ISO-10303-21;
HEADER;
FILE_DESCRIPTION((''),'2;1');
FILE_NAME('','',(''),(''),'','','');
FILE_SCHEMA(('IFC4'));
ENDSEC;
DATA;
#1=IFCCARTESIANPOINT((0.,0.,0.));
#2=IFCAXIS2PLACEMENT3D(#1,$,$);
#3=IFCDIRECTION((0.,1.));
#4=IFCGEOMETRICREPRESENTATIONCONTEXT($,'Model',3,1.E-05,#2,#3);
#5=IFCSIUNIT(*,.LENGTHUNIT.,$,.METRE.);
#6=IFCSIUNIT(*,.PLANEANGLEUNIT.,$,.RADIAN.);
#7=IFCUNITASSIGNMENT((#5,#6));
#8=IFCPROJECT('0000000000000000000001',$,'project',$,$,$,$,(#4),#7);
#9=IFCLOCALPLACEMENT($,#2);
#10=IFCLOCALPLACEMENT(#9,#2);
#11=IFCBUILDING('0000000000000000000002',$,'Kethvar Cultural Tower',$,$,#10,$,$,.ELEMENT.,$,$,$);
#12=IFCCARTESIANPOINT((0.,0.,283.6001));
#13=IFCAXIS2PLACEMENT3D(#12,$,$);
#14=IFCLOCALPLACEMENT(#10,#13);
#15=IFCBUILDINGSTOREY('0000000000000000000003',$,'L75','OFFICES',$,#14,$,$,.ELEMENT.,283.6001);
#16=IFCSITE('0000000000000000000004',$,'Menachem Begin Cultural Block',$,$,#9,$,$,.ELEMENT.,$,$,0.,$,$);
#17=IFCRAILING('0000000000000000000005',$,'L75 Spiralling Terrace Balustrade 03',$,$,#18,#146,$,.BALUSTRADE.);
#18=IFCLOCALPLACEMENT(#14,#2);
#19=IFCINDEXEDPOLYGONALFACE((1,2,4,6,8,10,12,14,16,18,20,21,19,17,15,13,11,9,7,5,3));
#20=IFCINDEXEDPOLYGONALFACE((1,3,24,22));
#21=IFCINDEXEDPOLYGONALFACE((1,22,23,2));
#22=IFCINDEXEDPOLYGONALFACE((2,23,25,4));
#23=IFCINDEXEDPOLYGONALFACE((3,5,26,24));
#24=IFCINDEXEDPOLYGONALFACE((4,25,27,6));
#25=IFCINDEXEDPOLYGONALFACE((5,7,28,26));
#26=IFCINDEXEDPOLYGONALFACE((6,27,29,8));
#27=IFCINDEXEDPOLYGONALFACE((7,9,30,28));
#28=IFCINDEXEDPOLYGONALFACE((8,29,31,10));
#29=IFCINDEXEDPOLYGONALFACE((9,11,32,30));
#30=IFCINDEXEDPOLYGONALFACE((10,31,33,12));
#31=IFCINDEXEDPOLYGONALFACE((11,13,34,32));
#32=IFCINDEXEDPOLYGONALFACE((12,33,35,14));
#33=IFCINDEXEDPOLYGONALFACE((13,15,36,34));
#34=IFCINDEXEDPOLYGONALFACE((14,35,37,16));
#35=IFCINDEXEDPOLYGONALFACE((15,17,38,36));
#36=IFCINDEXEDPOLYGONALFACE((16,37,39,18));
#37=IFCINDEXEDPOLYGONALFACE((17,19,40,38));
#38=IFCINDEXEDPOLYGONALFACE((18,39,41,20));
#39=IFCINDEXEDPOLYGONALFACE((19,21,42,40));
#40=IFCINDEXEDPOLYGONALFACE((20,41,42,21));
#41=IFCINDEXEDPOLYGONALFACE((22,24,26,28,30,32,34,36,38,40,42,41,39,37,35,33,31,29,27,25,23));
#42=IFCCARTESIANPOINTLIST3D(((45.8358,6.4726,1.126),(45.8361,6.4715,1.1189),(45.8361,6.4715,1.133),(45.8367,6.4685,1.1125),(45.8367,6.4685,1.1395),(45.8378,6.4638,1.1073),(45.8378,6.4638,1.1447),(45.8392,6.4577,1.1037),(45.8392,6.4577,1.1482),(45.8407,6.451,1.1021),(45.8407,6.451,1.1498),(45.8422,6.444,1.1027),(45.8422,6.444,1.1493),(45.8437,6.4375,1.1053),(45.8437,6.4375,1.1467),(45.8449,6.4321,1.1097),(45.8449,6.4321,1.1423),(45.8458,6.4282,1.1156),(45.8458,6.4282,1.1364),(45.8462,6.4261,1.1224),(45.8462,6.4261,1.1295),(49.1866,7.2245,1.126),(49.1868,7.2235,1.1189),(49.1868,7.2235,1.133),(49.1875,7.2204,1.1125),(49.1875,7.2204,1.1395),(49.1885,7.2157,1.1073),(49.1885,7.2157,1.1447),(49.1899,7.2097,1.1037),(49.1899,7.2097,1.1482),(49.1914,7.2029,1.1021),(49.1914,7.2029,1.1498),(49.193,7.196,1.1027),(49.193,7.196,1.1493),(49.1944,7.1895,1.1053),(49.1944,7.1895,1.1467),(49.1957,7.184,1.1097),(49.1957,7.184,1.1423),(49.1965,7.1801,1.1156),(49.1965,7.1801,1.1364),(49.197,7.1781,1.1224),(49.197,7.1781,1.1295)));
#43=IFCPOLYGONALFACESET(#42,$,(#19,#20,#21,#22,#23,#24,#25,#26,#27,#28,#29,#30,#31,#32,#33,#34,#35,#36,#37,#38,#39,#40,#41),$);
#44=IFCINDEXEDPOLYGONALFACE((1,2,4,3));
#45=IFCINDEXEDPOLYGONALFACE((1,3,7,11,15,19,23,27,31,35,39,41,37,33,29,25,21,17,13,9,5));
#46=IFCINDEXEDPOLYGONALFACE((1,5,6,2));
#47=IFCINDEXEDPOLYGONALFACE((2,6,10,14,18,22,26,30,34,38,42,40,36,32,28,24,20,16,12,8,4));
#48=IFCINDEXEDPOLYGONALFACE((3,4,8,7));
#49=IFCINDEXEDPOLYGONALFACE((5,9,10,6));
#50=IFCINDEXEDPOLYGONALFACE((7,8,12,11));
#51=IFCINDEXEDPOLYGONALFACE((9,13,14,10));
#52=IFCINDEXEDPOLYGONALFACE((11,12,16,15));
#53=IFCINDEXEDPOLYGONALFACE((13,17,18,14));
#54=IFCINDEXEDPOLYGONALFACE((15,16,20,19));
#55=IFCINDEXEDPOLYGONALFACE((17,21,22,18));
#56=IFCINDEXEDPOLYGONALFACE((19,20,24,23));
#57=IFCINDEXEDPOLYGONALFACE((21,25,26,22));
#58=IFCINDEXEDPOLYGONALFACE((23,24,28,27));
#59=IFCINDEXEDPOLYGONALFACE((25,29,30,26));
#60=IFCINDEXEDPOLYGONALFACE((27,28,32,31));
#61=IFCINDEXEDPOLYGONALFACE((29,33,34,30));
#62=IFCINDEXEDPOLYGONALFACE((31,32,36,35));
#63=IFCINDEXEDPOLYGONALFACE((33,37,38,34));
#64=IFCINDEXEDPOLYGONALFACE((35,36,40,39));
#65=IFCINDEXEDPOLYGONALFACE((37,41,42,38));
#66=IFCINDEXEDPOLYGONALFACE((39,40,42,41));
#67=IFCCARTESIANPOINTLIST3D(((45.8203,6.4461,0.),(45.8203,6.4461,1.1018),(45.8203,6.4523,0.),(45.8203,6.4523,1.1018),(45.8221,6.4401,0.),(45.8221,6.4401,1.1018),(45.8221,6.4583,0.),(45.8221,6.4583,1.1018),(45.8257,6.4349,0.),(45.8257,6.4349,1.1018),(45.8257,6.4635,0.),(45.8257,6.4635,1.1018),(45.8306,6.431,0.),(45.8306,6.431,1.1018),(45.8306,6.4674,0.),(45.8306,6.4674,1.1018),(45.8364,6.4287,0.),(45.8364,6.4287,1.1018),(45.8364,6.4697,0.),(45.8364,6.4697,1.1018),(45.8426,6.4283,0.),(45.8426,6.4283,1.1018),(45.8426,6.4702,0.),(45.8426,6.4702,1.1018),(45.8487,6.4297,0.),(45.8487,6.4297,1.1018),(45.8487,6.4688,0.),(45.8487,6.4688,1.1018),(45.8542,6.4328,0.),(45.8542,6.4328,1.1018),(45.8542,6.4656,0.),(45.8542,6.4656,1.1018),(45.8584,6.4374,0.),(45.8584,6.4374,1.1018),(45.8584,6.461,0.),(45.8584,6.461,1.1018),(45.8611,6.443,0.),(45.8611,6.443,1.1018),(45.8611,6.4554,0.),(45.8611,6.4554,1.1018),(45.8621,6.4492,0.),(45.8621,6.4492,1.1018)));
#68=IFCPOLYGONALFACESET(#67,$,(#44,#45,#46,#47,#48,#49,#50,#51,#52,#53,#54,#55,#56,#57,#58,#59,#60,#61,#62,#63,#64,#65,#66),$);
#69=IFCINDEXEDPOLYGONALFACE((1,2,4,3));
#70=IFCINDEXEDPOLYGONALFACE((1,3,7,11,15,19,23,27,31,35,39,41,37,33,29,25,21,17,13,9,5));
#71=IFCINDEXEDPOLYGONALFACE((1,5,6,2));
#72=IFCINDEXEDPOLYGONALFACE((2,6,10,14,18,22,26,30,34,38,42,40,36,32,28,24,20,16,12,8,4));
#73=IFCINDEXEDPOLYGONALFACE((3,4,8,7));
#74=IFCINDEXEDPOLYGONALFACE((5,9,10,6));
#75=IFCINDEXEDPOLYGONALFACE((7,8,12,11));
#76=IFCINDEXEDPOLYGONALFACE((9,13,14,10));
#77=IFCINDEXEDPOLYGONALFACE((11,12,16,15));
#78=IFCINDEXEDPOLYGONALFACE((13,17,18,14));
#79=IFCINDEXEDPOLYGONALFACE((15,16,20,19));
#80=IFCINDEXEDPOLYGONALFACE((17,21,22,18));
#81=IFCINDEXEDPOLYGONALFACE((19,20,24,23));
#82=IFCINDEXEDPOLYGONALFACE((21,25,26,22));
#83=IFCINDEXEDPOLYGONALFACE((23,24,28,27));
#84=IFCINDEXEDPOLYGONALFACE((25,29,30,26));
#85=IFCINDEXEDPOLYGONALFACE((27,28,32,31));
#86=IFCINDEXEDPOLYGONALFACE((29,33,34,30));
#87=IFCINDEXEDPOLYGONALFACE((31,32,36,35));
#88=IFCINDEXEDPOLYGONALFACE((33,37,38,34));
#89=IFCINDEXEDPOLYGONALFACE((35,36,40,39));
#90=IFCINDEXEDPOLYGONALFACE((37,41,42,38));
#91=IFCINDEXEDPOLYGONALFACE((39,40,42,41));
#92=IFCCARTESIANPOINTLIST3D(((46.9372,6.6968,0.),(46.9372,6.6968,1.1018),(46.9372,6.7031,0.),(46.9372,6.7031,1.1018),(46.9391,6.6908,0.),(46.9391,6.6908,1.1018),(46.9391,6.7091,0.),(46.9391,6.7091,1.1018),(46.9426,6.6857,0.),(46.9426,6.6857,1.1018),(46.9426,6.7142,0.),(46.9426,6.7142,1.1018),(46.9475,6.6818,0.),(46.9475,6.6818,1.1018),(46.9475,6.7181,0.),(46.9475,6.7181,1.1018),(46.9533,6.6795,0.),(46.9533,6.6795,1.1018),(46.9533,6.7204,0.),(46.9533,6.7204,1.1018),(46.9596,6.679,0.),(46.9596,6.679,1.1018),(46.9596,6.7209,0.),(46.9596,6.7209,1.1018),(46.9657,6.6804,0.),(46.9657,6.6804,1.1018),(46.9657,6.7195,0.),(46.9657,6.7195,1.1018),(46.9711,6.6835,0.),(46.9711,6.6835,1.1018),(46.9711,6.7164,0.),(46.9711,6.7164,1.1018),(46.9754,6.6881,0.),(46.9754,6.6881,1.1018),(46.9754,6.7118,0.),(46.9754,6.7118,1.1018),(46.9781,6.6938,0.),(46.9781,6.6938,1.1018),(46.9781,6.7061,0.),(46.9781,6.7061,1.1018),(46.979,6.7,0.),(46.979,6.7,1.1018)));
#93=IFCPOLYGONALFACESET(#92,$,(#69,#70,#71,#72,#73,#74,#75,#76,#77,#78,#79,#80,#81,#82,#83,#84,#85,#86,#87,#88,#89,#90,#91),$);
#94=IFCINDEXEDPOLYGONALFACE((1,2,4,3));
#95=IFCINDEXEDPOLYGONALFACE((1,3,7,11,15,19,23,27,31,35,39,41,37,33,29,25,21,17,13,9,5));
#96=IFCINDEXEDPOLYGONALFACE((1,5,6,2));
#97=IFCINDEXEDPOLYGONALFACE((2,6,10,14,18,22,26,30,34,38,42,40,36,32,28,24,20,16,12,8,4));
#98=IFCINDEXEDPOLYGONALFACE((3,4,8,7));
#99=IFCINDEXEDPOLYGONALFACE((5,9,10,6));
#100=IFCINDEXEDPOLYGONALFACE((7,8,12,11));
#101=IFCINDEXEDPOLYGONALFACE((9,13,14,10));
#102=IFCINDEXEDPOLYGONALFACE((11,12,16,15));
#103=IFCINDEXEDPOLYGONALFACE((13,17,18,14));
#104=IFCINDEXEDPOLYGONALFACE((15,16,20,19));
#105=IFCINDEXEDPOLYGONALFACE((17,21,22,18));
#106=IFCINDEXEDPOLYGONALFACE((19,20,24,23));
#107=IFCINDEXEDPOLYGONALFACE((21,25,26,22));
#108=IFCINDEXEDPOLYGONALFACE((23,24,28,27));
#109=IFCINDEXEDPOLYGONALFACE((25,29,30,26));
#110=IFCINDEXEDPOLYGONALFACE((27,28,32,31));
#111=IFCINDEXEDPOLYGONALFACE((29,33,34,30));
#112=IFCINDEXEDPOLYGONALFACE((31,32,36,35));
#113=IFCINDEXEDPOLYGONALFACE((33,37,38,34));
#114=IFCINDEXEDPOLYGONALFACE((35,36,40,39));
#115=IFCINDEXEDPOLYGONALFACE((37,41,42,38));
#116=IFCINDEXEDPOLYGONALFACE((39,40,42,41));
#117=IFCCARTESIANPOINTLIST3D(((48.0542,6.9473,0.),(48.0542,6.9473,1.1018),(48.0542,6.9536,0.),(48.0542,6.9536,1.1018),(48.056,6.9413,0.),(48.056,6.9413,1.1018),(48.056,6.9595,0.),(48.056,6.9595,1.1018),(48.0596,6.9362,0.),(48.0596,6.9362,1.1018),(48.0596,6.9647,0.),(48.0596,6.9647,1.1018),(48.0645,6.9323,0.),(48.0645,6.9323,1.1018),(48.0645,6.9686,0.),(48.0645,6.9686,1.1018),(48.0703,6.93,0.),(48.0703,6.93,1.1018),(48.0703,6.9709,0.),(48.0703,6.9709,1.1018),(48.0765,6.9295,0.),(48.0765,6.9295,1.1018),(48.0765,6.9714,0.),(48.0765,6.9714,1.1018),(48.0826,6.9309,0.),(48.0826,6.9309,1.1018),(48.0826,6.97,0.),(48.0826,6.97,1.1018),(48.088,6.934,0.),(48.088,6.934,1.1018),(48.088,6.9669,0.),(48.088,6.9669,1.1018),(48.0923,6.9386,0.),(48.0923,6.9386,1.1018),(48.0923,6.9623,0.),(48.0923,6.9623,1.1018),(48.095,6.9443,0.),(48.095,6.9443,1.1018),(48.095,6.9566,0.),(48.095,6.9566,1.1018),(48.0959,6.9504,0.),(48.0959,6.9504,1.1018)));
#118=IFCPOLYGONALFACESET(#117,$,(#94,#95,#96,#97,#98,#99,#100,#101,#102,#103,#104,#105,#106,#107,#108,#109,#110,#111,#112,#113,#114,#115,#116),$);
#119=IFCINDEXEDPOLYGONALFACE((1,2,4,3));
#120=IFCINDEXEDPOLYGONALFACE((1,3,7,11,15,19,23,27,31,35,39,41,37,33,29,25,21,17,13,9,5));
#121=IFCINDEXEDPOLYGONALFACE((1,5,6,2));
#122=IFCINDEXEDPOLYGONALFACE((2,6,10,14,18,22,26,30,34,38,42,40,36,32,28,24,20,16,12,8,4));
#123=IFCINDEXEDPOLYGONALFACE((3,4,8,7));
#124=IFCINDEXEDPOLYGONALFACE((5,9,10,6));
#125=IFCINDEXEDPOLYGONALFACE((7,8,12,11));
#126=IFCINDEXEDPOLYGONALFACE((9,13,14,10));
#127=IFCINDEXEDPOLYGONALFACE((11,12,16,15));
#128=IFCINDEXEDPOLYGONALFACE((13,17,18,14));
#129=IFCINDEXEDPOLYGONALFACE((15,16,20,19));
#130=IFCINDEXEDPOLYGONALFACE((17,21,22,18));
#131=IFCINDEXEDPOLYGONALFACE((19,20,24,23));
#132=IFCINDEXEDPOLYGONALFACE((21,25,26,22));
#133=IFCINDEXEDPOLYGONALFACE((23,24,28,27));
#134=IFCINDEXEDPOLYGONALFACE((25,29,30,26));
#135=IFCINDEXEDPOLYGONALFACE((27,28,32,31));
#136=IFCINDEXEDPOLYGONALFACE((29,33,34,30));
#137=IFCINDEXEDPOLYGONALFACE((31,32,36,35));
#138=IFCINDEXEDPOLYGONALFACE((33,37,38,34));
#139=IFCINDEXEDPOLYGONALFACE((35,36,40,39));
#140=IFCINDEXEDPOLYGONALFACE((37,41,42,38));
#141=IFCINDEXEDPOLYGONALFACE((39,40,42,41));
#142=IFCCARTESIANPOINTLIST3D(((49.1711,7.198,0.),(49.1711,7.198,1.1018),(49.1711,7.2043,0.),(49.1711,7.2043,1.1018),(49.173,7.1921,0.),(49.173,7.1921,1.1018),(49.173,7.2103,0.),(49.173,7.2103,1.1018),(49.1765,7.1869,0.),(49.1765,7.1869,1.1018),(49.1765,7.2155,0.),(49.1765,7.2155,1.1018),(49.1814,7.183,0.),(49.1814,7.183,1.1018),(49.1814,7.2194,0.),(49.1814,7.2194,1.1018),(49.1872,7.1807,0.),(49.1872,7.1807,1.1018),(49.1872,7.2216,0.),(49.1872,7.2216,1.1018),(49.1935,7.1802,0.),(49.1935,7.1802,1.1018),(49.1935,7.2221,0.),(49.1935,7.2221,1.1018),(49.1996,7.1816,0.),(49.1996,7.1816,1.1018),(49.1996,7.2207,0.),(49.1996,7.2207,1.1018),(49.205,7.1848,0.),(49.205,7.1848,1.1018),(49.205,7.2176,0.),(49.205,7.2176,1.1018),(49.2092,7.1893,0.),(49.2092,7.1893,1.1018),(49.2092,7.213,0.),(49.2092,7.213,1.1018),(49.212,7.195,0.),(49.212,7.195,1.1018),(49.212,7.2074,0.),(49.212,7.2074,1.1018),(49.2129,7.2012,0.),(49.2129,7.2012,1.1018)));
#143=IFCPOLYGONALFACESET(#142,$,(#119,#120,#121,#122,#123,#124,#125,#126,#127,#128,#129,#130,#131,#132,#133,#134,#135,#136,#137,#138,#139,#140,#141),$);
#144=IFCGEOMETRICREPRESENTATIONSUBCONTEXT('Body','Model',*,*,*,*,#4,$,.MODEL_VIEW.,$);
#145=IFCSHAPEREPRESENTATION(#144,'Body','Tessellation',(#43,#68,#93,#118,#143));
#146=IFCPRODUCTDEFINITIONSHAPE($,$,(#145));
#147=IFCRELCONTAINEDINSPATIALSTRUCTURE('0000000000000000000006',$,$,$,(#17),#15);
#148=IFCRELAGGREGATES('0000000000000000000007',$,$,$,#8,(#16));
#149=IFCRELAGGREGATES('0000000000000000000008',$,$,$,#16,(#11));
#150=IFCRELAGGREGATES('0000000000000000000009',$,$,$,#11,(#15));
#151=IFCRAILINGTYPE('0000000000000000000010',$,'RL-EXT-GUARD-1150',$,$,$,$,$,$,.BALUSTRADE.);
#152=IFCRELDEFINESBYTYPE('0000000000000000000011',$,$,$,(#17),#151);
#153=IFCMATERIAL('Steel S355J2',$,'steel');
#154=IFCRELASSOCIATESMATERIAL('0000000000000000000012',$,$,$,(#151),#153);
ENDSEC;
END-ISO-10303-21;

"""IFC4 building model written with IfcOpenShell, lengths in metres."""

from ifc_helpers import new_model, si_unit, direction, frame, origin, origin_2d, place, context, subcontext, project, spatial, circle, extrude, material, type_object, element, save


model = new_model("IFC4")

# Units and contexts
model_context = context("Model", 3, precision=1e-05, world=origin(), true_north=direction((0.0, 1.0)))
body_context = subcontext(model_context, "Body", "Model", "MODEL_VIEW")
ifc_project = project(units=[si_unit("LENGTHUNIT", "METRE"), si_unit("PLANEANGLEUNIT", "RADIAN")], contexts=[model_context])

# Site, building, storey
site_placement = place(None, origin())
site = spatial("IfcSite", under=ifc_project, at=site_placement, Name="Menachem Begin Cultural Block", CompositionType="ELEMENT", RefElevation=0.0)
building_placement = place(site_placement, origin())
building = spatial("IfcBuilding", under=site, at=building_placement, Name="Kethvar Cultural Tower", CompositionType="ELEMENT")
storey_placement = place(building_placement, frame((0.0, 0.0, 283.6001)))
storey = spatial("IfcBuildingStorey", under=building, at=storey_placement, Name="L75", Description="OFFICES", CompositionType="ELEMENT", Elevation=283.6001)

# Shared definitions
ifc_material_1 = material(Name="Steel S355J2", Category="steel")

# Railing
railing_type = type_object("IfcRailingType", Name="RL-EXT-GUARD-1150", PredefinedType="BALUSTRADE", material=ifc_material_1)
railing_1_placement = place(storey_placement, frame((45.8411, 6.4492, 0.0)))
element("IfcRailing", 1, at=railing_1_placement, inside=storey, type_object=railing_type, Name="L75 Spiralling Terrace Balustrade 03", PredefinedType="BALUSTRADE", context=body_context, shape_type="SweptSolid", body=[
    extrude(circle(Radius=0.0239, at=origin_2d()), frame((0.0, 0.0, 1.126), z_axis=(0.975733, 0.218962, 0.0), x_axis=(-0.218962, 0.975733, 0.0)), (0.0, 0.0, 1.0), 3.4341),
    extrude(circle(Radius=0.021, at=origin_2d()), origin(), (0.0, 0.0, 1.0), 1.1018),
    extrude(circle(Radius=0.021, at=origin_2d()), frame((1.1169, 0.2507, 0.0)), (0.0, 0.0, 1.0), 1.1018),
    extrude(circle(Radius=0.021, at=origin_2d()), frame((2.2339, 0.5012, 0.0)), (0.0, 0.0, 1.0), 1.1018),
    extrude(circle(Radius=0.021, at=origin_2d()), frame((3.3508, 0.752, 0.0)), (0.0, 0.0, 1.0), 1.1018),
])

save(model, "model.ifc")
